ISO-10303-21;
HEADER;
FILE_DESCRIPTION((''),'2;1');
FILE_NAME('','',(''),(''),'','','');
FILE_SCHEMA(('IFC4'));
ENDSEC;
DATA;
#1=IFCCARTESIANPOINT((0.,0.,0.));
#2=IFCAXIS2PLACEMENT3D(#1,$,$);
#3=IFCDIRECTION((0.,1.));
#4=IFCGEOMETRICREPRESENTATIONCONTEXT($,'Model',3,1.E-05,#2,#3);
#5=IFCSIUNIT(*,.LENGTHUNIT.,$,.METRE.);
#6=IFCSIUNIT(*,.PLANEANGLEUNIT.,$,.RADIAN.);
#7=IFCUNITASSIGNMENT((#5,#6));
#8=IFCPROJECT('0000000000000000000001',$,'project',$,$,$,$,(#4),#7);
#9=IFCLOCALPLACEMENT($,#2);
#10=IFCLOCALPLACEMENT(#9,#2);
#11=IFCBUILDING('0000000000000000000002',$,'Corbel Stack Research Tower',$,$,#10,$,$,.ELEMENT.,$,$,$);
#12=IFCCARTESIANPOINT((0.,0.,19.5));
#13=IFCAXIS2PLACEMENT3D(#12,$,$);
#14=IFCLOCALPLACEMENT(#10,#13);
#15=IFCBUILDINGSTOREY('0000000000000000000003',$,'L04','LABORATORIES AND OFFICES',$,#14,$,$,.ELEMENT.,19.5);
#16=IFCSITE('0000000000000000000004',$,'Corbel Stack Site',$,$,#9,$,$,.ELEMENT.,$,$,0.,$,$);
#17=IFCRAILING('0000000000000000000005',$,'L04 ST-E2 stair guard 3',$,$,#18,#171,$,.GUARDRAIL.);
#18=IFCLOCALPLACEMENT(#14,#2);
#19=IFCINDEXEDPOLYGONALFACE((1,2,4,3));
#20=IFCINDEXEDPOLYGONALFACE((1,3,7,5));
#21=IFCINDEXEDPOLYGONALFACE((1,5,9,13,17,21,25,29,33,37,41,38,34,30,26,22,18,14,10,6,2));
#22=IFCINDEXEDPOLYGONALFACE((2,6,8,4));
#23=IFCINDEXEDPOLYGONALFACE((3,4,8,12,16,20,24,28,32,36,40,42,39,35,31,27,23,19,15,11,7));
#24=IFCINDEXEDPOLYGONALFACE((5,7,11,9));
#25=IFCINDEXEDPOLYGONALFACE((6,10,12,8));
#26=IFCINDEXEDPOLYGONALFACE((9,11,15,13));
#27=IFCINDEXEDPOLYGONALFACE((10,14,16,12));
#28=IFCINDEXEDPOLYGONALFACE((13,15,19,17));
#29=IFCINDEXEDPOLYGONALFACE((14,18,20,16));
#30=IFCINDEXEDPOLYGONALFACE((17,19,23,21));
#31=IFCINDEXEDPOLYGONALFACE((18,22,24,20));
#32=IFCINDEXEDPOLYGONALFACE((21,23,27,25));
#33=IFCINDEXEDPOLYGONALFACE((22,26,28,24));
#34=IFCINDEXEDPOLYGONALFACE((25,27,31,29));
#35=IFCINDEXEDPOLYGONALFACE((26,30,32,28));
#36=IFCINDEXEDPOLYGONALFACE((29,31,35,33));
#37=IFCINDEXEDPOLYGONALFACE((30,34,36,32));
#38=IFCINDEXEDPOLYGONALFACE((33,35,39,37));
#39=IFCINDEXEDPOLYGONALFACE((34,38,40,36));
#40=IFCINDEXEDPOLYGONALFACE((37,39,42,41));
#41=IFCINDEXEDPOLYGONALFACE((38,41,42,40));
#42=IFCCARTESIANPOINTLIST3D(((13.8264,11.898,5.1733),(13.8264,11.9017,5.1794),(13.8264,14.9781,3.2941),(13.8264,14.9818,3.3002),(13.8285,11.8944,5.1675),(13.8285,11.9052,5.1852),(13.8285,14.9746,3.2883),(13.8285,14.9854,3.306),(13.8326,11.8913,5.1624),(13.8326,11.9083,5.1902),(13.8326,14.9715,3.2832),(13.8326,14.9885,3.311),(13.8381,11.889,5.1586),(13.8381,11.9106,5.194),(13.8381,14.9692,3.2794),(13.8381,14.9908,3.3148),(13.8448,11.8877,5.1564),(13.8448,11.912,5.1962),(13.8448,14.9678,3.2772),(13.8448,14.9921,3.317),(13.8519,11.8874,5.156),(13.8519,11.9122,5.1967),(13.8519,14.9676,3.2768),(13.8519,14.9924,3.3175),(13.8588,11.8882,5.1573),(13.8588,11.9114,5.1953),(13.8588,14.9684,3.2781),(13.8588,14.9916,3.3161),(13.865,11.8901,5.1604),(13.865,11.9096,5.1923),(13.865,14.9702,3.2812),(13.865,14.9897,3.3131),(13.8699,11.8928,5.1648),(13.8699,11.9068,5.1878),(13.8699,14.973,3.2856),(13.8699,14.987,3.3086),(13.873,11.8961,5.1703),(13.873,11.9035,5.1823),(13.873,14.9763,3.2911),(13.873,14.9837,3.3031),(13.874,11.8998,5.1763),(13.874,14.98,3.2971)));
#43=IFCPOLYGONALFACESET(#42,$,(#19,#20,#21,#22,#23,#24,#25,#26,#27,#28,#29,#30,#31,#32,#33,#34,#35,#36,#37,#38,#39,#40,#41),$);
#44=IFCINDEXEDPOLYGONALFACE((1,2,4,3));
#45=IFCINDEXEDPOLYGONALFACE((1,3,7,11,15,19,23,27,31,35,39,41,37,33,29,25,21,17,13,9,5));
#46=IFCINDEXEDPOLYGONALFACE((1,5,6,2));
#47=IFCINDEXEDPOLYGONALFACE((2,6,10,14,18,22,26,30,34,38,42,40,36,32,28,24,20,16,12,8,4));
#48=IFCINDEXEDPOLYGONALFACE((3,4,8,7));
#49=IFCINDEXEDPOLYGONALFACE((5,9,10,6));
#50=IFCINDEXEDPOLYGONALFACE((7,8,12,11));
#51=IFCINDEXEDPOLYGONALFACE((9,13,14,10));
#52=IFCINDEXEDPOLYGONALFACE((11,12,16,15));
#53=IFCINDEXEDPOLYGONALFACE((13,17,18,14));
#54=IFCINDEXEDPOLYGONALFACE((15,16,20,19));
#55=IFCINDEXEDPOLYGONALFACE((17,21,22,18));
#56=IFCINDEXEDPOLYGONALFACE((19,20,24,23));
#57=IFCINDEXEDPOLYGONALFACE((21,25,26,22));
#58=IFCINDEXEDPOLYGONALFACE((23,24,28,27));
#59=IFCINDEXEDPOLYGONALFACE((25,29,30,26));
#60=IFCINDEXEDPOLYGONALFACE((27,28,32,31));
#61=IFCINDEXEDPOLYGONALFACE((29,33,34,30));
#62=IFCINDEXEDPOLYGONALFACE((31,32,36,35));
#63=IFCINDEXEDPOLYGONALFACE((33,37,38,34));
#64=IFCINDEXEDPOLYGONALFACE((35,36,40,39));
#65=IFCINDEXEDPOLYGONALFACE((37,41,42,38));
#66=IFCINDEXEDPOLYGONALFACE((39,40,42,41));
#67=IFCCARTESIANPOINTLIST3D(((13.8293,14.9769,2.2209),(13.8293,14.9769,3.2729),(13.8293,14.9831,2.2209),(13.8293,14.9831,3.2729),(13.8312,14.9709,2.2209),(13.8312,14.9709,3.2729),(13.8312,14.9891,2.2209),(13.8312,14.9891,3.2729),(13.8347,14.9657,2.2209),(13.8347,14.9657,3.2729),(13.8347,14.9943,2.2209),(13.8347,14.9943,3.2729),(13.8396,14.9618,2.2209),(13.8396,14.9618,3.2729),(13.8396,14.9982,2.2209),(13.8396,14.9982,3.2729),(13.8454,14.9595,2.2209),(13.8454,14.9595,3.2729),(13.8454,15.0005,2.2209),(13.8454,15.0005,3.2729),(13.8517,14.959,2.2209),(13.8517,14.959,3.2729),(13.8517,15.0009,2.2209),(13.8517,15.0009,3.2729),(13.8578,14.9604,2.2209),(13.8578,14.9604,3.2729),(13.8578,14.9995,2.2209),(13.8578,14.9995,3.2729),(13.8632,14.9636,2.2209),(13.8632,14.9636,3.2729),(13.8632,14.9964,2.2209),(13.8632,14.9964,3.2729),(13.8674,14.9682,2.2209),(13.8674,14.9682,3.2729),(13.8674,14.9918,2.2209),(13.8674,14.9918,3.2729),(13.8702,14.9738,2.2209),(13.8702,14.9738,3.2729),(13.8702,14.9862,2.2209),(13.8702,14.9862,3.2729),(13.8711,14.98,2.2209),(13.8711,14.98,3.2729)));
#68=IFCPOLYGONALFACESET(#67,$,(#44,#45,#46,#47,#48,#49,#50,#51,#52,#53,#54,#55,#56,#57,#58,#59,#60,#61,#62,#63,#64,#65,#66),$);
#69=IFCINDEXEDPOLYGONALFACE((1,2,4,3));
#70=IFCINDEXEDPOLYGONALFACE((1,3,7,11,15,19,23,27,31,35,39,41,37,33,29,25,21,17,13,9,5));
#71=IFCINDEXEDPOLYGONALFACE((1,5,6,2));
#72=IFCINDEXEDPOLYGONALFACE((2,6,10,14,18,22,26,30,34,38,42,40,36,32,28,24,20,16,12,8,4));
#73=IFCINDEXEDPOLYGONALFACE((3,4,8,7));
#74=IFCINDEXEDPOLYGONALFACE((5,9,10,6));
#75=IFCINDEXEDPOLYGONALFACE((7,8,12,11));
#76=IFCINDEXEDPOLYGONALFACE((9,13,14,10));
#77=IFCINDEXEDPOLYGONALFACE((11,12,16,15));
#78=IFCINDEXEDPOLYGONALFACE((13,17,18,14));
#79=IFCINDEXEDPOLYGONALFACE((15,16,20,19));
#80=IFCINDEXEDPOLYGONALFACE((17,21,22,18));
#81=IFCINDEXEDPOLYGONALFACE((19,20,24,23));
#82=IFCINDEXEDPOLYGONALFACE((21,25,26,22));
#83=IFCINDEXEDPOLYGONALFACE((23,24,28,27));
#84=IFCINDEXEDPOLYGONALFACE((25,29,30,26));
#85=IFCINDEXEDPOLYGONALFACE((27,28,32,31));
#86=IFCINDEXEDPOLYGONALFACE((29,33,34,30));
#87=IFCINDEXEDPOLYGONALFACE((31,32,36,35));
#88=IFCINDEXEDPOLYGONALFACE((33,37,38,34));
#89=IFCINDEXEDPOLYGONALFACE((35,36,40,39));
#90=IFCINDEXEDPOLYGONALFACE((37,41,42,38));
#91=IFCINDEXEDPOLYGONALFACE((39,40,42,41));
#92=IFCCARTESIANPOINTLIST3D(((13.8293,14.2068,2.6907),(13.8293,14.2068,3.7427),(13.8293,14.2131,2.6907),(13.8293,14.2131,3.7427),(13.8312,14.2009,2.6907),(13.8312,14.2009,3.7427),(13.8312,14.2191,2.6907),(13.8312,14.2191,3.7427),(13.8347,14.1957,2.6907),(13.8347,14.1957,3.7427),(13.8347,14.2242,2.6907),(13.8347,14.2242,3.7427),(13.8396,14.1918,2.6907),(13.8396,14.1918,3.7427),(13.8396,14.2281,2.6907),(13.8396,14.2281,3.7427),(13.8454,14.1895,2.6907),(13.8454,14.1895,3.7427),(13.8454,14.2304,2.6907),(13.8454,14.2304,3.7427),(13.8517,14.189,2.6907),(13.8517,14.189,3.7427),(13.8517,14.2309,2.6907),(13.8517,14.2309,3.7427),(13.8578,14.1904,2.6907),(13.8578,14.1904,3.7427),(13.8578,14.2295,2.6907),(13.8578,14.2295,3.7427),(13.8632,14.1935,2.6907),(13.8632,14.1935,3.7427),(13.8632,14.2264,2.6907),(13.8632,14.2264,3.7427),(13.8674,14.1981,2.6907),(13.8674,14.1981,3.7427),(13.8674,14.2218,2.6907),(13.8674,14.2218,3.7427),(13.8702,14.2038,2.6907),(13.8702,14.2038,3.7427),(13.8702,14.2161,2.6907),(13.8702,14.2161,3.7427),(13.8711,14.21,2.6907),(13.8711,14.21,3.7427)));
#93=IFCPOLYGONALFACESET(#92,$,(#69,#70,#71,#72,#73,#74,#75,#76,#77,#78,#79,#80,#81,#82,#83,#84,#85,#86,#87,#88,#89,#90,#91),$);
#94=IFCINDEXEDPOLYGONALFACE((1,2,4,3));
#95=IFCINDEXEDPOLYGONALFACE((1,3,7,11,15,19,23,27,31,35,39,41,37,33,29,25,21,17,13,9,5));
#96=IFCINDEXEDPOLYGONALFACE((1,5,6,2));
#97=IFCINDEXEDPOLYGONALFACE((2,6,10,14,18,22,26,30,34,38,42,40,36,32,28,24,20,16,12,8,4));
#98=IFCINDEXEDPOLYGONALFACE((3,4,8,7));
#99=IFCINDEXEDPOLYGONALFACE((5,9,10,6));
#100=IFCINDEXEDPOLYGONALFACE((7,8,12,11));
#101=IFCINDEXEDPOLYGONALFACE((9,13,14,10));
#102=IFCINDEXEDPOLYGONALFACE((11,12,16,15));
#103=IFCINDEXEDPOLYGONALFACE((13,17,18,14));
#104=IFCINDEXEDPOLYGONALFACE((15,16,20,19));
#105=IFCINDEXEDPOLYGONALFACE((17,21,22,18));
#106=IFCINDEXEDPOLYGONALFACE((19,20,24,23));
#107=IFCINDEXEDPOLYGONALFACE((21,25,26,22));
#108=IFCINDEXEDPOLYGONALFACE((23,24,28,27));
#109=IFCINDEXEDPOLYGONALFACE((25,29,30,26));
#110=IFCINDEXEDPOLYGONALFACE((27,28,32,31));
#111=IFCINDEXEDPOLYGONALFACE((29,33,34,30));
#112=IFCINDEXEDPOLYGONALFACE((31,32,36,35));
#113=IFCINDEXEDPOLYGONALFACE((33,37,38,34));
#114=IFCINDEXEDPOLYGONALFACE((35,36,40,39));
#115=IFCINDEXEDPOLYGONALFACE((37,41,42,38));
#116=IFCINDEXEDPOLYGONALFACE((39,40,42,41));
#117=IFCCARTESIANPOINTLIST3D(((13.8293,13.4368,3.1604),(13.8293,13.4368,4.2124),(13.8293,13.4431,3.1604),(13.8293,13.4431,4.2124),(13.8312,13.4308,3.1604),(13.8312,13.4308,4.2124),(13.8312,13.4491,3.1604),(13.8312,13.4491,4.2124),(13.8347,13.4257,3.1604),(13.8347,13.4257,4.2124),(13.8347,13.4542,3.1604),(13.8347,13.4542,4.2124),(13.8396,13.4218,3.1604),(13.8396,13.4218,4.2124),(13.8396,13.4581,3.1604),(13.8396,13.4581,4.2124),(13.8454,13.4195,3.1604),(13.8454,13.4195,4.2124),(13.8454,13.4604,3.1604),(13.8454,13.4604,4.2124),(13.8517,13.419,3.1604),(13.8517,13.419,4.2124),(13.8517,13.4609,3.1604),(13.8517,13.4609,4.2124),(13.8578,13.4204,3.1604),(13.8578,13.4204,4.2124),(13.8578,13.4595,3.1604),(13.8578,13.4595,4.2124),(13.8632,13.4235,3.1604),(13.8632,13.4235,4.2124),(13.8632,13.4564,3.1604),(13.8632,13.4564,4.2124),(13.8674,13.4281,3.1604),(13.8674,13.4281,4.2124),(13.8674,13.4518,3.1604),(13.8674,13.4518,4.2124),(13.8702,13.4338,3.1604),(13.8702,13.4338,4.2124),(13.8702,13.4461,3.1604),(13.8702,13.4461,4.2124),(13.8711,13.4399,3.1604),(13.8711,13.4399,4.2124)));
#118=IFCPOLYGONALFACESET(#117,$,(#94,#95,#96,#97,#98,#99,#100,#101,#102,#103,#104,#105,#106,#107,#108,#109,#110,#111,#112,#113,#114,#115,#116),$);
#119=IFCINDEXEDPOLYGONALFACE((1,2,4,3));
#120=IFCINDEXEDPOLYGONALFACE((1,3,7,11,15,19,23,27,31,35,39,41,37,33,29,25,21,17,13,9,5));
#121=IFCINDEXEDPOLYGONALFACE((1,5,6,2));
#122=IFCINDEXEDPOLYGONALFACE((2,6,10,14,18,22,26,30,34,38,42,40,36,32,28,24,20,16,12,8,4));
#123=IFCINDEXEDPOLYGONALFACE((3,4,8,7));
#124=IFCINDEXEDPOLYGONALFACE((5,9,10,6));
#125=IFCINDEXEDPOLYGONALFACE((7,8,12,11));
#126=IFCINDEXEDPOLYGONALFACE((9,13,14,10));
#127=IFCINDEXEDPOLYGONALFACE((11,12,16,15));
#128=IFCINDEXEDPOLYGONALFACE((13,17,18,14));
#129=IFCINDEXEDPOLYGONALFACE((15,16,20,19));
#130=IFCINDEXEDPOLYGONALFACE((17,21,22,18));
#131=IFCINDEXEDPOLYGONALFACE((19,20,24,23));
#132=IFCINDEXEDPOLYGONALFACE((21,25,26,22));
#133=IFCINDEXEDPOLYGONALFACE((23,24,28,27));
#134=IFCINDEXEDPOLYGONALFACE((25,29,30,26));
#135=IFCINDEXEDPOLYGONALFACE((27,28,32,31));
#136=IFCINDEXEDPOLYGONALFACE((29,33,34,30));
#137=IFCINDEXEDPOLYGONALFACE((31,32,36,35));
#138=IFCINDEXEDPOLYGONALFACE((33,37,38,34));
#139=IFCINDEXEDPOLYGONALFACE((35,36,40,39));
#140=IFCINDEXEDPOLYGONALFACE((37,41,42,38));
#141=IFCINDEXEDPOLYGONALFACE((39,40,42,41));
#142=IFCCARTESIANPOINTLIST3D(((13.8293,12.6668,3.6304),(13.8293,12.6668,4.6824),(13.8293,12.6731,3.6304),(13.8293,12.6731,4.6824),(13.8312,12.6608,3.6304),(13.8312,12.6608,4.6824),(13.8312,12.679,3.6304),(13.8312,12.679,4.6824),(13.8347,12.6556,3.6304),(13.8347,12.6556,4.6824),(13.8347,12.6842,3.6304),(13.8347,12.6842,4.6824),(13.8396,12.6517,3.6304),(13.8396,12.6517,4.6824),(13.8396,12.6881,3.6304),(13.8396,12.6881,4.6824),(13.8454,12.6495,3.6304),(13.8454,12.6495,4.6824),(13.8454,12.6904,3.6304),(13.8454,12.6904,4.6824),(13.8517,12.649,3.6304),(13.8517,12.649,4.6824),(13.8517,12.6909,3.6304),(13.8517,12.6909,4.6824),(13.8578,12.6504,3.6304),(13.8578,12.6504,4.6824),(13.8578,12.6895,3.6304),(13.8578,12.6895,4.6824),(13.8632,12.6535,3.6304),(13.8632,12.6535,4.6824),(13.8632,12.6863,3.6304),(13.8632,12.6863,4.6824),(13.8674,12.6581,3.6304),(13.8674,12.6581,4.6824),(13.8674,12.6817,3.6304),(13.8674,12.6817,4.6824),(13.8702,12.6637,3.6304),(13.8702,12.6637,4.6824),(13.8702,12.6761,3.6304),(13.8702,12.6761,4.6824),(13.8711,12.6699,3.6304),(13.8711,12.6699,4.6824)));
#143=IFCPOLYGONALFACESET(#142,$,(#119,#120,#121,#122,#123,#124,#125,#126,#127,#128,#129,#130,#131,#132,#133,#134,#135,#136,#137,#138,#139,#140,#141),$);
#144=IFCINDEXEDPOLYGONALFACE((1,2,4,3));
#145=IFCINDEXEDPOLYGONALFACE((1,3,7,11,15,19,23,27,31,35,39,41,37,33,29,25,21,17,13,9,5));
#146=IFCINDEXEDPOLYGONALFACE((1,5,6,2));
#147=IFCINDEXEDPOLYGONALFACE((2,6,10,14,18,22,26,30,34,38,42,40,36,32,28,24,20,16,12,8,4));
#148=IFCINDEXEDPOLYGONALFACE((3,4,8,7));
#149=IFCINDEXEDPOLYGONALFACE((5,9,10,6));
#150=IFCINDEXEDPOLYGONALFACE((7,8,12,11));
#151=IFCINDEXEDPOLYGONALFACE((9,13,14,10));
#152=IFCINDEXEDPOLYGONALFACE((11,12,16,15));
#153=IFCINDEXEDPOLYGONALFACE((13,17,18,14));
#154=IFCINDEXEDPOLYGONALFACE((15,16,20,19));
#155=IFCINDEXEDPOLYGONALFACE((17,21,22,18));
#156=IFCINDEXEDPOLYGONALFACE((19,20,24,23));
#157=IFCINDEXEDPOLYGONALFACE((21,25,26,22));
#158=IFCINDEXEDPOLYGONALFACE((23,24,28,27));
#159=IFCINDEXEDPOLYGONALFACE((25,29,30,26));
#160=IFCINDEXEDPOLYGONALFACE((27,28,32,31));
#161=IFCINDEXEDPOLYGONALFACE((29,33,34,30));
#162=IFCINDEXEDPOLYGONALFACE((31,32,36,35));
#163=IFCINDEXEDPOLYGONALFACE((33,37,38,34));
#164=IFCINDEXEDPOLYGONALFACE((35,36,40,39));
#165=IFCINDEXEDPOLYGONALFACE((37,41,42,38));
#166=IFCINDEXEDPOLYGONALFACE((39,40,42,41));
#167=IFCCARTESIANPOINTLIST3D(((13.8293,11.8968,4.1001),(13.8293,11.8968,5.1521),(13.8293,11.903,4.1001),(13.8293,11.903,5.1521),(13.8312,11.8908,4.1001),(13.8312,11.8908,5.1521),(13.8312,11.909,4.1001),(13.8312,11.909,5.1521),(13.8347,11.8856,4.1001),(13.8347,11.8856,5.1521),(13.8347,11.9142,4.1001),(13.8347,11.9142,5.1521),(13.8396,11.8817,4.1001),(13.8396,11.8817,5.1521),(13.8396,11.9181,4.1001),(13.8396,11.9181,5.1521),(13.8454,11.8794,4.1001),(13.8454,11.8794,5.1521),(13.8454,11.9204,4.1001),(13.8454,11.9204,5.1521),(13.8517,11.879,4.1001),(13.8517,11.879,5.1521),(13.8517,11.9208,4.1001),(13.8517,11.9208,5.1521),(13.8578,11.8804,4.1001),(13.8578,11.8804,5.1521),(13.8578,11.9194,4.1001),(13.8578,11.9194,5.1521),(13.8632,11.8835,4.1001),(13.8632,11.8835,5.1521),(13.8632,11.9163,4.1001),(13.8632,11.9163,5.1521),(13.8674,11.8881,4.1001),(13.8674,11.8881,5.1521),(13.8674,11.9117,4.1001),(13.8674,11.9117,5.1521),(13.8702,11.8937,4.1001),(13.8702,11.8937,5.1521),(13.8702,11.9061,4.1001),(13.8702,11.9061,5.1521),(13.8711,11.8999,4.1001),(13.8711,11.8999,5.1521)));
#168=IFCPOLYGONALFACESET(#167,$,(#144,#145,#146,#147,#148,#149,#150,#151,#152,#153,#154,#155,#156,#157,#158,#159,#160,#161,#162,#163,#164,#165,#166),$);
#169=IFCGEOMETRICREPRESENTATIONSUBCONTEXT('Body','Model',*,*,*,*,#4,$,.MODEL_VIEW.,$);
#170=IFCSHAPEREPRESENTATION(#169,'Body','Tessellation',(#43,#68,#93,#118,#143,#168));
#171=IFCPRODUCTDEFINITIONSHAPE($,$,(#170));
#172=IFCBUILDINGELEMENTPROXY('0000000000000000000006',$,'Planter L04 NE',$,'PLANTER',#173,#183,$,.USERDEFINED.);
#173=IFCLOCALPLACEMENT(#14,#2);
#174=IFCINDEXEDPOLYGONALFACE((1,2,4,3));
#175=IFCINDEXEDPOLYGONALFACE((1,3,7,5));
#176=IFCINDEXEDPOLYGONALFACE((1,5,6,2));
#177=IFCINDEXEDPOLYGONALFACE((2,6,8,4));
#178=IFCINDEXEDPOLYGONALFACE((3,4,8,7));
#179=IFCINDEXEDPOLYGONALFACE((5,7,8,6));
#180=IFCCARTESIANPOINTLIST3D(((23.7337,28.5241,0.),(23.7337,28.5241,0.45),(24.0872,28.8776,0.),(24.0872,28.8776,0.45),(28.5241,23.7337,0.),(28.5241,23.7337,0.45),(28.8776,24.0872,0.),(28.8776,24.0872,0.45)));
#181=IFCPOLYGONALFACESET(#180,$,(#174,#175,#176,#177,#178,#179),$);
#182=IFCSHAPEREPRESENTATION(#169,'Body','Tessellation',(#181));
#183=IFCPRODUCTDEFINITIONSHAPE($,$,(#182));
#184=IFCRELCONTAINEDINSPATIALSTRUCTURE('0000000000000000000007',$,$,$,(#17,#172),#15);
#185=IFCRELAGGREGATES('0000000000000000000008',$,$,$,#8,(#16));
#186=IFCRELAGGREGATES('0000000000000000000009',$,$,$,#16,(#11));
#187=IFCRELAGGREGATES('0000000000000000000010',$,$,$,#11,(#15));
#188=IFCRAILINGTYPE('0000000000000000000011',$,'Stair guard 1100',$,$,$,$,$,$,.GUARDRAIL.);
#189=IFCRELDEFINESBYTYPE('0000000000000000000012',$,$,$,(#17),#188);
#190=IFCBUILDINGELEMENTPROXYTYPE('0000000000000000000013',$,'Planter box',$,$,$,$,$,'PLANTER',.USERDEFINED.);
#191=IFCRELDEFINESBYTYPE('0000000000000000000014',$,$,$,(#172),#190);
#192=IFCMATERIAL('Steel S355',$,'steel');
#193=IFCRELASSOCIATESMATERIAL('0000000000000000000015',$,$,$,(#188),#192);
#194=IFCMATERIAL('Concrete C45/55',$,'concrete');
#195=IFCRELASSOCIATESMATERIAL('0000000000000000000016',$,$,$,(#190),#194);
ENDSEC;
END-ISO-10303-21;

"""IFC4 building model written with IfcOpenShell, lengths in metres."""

from ifc_helpers import new_model, si_unit, direction, frame, origin, origin_2d, place, context, subcontext, project, spatial, rectangle, circle, extrude, material, type_object, element, save


model = new_model("IFC4")

# Units and contexts
model_context = context("Model", 3, precision=1e-05, world=origin(), true_north=direction((0.0, 1.0)))
body_context = subcontext(model_context, "Body", "Model", "MODEL_VIEW")
ifc_project = project(units=[si_unit("LENGTHUNIT", "METRE"), si_unit("PLANEANGLEUNIT", "RADIAN")], contexts=[model_context])

# Site, building, storey
site_placement = place(None, origin())
site = spatial("IfcSite", under=ifc_project, at=site_placement, Name="Corbel Stack Site", CompositionType="ELEMENT", RefElevation=0.0)
building_placement = place(site_placement, origin())
building = spatial("IfcBuilding", under=site, at=building_placement, Name="Corbel Stack Research Tower", CompositionType="ELEMENT")
storey_placement = place(building_placement, frame((0.0, 0.0, 19.5)))
storey = spatial("IfcBuildingStorey", under=building, at=storey_placement, Name="L04", Description="LABORATORIES AND OFFICES", CompositionType="ELEMENT", Elevation=19.5)

# Railing
ifc_material_1 = material(Name="Steel S355", Category="steel")
railing_type_1 = type_object("IfcRailingType", Name="Stair guard 1100", PredefinedType="GUARDRAIL", material=ifc_material_1)
railing_1_placement = place(storey_placement, frame((13.8501, 14.98, 2.2209)))
element("IfcRailing", 1, at=railing_1_placement, inside=storey, type_object=railing_type_1, Name="L04 ST-E2 stair guard 3", PredefinedType="GUARDRAIL", context=body_context, shape_type="SweptSolid", body=[
    extrude(circle(Radius=0.0239, at=origin_2d()), frame((0.0, 0.0, 1.0762), z_axis=(0.0, -0.853666, 0.52082), x_axis=(1.0, 0.0, 0.0)), (0.0, 0.0, 1.0), 3.6082),
    extrude(circle(Radius=0.021, at=origin_2d()), origin(), (0.0, 0.0, 1.0), 1.052),
    extrude(circle(Radius=0.021, at=origin_2d()), frame((0.0, -0.77, 0.4697)), (0.0, 0.0, 1.0), 1.052),
    extrude(circle(Radius=0.021, at=origin_2d()), frame((0.0, -1.54, 0.9395)), (0.0, 0.0, 1.0), 1.052),
    extrude(circle(Radius=0.021, at=origin_2d()), frame((0.0, -2.3101, 1.4094)), (0.0, 0.0, 1.0), 1.052),
    extrude(circle(Radius=0.021, at=origin_2d()), frame((0.0, -3.0801, 1.8792)), (0.0, 0.0, 1.0), 1.052),
])

# Building element proxy
ifc_material_2 = material(Name="Concrete C45/55", Category="concrete")
building_element_proxy_type = type_object("IfcBuildingElementProxyType", Name="Planter box", ElementType="PLANTER", PredefinedType="USERDEFINED", material=ifc_material_2)
proxy_placement = place(storey_placement, frame((26.3057, 26.3057, 0.0), z_axis=(0.0, 0.0, 1.0), x_axis=(-0.707107, 0.707107, 0.0)))
element("IfcBuildingElementProxy", 2, at=proxy_placement, inside=storey, type_object=building_element_proxy_type, Name="Planter L04 NE", ObjectType="PLANTER", PredefinedType="USERDEFINED", context=body_context, shape_type="SweptSolid", body=[
    extrude(rectangle(XDim=6.7747, YDim=0.5, at=origin_2d()), origin(), (0.0, 0.0, 1.0), 0.45),
])

save(model, "model.ifc")
